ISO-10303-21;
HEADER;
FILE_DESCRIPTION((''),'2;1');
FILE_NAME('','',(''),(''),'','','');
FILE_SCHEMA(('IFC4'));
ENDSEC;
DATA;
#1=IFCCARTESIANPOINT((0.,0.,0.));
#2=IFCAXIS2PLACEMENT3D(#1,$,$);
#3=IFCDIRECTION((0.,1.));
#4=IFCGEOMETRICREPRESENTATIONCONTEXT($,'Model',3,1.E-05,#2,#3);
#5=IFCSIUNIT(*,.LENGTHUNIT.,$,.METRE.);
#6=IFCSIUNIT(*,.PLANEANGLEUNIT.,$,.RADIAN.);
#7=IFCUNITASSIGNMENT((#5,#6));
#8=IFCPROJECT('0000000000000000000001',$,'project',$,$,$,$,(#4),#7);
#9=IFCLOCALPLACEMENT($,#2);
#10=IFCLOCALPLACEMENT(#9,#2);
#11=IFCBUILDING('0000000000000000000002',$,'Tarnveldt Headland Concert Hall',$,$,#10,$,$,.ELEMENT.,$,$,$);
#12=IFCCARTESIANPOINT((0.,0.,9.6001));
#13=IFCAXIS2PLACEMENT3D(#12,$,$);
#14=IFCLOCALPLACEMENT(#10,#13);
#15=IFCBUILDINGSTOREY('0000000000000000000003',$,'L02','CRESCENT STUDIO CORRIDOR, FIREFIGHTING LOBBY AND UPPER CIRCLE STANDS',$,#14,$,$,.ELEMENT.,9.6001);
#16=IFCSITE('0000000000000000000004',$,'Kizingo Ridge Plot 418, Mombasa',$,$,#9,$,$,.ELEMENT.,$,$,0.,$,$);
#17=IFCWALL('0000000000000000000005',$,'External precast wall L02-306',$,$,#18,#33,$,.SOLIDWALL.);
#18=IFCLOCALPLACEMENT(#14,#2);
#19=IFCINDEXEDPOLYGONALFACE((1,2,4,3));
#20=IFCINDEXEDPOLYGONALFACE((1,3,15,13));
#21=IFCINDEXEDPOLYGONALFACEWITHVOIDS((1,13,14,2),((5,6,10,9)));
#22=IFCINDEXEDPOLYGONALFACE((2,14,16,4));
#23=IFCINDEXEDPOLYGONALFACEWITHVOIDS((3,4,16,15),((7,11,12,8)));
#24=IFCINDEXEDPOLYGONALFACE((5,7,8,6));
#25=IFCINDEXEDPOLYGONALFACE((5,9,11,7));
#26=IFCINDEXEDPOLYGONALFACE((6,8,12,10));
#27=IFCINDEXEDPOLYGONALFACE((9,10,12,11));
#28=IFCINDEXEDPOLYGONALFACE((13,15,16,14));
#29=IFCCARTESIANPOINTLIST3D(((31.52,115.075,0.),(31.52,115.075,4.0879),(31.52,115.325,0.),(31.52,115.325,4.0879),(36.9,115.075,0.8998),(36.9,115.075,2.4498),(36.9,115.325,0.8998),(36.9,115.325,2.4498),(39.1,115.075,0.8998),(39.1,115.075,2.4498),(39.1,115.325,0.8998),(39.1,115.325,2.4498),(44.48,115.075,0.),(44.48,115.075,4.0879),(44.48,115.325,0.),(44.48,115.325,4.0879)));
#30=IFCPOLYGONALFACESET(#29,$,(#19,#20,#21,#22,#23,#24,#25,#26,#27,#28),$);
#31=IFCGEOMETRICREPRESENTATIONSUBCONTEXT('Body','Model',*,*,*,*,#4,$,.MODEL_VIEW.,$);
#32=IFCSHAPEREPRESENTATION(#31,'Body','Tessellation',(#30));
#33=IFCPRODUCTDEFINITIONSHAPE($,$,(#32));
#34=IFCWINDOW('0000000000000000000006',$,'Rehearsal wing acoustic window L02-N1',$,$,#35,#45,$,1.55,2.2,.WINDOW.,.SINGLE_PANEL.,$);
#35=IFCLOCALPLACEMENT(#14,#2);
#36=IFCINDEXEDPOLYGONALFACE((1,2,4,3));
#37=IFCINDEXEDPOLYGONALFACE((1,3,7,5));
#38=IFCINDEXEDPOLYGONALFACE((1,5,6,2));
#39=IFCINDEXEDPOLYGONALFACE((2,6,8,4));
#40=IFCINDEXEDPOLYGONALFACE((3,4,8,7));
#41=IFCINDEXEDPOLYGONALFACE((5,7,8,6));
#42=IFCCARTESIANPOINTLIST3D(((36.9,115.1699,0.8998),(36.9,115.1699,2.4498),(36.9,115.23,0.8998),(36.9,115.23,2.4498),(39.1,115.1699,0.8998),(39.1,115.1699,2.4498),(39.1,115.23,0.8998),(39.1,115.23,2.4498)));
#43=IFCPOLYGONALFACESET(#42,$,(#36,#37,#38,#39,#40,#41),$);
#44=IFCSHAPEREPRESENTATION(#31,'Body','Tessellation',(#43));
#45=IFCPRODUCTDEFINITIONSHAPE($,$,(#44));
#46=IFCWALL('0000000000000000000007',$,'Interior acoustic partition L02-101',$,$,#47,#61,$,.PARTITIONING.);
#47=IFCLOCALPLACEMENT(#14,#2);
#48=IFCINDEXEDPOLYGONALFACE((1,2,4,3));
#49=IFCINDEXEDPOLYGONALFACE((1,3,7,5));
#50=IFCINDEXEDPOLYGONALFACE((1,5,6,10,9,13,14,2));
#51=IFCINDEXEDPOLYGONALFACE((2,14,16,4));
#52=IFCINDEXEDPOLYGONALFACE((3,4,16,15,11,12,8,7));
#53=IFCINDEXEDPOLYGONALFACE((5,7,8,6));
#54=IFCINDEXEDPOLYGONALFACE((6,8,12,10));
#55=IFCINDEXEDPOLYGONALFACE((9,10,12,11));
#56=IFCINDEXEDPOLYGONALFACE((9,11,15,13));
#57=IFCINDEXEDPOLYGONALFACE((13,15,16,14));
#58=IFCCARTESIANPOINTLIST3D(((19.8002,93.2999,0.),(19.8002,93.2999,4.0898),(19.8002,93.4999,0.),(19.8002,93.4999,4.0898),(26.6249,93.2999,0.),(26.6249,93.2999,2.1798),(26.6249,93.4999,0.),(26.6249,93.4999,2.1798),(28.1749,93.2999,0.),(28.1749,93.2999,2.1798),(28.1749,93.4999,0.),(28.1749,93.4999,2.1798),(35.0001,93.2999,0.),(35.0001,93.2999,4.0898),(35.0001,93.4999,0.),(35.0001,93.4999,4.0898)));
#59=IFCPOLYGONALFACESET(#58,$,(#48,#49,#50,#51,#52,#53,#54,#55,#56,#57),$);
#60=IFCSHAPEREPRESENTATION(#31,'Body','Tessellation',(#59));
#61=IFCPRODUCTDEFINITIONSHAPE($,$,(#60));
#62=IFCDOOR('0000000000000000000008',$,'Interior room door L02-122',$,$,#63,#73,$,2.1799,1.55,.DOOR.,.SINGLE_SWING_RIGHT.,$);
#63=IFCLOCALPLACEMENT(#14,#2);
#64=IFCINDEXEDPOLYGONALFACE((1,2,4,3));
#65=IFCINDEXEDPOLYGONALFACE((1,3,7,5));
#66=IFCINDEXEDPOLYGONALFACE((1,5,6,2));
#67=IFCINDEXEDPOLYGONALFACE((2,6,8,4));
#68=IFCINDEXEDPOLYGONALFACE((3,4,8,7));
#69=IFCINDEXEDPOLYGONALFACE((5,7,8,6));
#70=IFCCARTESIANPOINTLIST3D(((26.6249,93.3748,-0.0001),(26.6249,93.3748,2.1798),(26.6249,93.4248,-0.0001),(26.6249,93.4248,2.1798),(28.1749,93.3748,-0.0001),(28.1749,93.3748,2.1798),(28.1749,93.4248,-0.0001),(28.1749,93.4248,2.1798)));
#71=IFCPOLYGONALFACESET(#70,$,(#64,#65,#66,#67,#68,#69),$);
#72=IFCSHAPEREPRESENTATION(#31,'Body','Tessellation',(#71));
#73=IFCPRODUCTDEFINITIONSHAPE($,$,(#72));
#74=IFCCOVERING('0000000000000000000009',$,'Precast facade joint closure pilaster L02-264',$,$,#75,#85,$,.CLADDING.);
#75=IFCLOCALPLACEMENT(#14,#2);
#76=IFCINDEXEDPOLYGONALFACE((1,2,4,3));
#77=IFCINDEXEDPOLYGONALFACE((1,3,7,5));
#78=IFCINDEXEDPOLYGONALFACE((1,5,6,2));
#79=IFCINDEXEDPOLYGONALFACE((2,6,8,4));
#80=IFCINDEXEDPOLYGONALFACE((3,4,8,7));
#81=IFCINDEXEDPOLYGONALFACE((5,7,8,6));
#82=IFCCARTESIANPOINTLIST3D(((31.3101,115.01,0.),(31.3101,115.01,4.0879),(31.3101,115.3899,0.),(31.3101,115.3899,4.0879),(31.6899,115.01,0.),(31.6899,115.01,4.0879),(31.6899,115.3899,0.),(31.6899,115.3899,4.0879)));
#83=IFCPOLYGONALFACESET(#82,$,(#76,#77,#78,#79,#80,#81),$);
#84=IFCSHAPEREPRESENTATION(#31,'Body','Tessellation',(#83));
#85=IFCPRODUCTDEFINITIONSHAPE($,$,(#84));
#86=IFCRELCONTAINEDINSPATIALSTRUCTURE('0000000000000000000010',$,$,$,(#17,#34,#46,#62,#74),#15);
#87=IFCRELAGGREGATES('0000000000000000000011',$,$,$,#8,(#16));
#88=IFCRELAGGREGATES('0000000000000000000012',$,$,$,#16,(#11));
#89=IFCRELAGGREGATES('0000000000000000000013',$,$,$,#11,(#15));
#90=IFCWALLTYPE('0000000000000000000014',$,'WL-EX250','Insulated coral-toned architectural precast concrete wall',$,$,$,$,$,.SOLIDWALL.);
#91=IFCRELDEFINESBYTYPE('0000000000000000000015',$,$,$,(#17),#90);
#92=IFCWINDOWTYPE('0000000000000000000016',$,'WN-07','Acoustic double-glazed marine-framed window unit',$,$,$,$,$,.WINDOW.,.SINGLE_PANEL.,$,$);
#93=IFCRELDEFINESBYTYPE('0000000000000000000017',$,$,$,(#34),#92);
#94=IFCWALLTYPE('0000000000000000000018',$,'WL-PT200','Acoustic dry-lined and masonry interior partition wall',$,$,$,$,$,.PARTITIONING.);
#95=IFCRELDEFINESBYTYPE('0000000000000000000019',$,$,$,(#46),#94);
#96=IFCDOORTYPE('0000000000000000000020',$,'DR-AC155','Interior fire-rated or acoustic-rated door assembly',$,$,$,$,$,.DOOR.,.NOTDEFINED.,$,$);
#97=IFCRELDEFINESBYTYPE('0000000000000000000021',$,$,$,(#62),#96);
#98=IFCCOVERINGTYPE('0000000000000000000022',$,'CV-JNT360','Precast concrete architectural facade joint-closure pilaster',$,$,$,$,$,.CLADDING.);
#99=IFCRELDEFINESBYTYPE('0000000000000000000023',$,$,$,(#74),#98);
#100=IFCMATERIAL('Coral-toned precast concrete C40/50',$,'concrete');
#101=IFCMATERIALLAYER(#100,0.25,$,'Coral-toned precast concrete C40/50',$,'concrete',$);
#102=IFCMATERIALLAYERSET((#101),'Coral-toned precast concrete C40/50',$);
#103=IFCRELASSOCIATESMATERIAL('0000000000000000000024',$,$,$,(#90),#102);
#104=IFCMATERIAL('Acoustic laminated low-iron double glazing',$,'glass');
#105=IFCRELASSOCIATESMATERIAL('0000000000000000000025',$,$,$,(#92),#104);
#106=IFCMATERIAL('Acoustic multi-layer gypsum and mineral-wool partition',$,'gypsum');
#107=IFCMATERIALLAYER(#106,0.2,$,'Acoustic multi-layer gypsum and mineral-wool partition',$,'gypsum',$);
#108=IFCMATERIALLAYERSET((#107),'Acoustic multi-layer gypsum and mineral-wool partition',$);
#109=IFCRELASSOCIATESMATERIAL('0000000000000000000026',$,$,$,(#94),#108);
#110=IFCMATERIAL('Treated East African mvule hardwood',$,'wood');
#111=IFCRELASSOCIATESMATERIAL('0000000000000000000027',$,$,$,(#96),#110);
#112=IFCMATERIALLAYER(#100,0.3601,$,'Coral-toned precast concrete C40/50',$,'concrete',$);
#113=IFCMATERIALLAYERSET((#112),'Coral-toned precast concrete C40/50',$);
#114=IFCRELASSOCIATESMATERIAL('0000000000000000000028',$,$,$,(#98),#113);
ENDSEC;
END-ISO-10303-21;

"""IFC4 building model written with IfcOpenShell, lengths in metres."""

from ifc_helpers import new_model, si_unit, direction, frame, frame_2d, origin, origin_2d, place, context, subcontext, project, spatial, rectangle, extrude, material, layer, layer_set, type_object, element, fill, save


model = new_model("IFC4")

# Units and contexts
model_context = context("Model", 3, precision=1e-05, world=origin(), true_north=direction((0.0, 1.0)))
body_context = subcontext(model_context, "Body", "Model", "MODEL_VIEW")
ifc_project = project(units=[si_unit("LENGTHUNIT", "METRE"), si_unit("PLANEANGLEUNIT", "RADIAN")], contexts=[model_context])

# Site, building, storey
site_placement = place(None, origin())
site = spatial("IfcSite", under=ifc_project, at=site_placement, Name="Kizingo Ridge Plot 418, Mombasa", CompositionType="ELEMENT", RefElevation=0.0)
building_placement = place(site_placement, origin())
building = spatial("IfcBuilding", under=site, at=building_placement, Name="Tarnveldt Headland Concert Hall", CompositionType="ELEMENT")
storey_placement = place(building_placement, frame((0.0, 0.0, 9.6001)))
storey = spatial("IfcBuildingStorey", under=building, at=storey_placement, Name="L02", Description="CRESCENT STUDIO CORRIDOR, FIREFIGHTING LOBBY AND UPPER CIRCLE STANDS", CompositionType="ELEMENT", Elevation=9.6001)

# Wall, opening, window
ifc_material_1 = material(Name="Coral-toned precast concrete C40/50", Category="concrete")
ifc_layer_1 = layer(ifc_material_1, 0.25, Name="Coral-toned precast concrete C40/50", Category="concrete")
ifc_layer_set_1 = layer_set([ifc_layer_1], Name="Coral-toned precast concrete C40/50")
wall_type_1 = type_object("IfcWallType", Name="WL-EX250", Description="Insulated coral-toned architectural precast concrete wall", PredefinedType="SOLIDWALL", material=ifc_layer_set_1)
wall_1_placement = place(storey_placement, frame((31.52, 115.2, 0.0), z_axis=(0.0, 0.0, 1.0), x_axis=(1.0, 0.0, 0.0)))
wall_1 = element("IfcWall", 1, at=wall_1_placement, inside=storey, type_object=wall_type_1, Name="External precast wall L02-306", PredefinedType="SOLIDWALL", context=body_context, shape_type="SweptSolid", body=[
    extrude(rectangle(XDim=12.96, YDim=0.25, at=frame_2d((6.48, 0.0))), origin(), (0.0, 0.0, 1.0), 4.0879),
])
opening_1_placement = place(wall_1_placement, frame((5.3799, 0.0, 0.8999)))
opening_1 = element("IfcOpeningElement", 2, at=opening_1_placement, cuts=wall_1, PredefinedType="OPENING", context=body_context, shape_type="SweptSolid", body=[
    extrude(rectangle(XDim=2.2, YDim=1.55, at=frame_2d((1.1001, 0.7749))), frame((0.0, 0.135, 0.0), z_axis=(0.0, -1.0, 0.0), x_axis=(1.0, 0.0, 0.0)), (0.0, 0.0, 1.0), 0.27),
])
ifc_material_2 = material(Name="Acoustic laminated low-iron double glazing", Category="glass")
window_type = type_object("IfcWindowType", Name="WN-07", Description="Acoustic double-glazed marine-framed window unit", PartitioningType="SINGLE_PANEL", PredefinedType="WINDOW", material=ifc_material_2)
window_placement = place(opening_1_placement, origin())
window = element("IfcWindow", 3, at=window_placement, inside=storey, type_object=window_type, Name="Rehearsal wing acoustic window L02-N1", OverallHeight=1.55, OverallWidth=2.2, PartitioningType="SINGLE_PANEL", PredefinedType="WINDOW", context=body_context, shape_type="SweptSolid", body=[
    extrude(rectangle(XDim=2.2, YDim=1.55, at=frame_2d((1.1001, 0.7749))), frame((0.0, 0.03, 0.0), z_axis=(0.0, -1.0, 0.0), x_axis=(1.0, 0.0, 0.0)), (0.0, 0.0, 1.0), 0.0601),
])
fill(opening_1, window)

# Wall, opening, door
ifc_material_3 = material(Name="Acoustic multi-layer gypsum and mineral-wool partition", Category="gypsum")
ifc_layer_2 = layer(ifc_material_3, 0.2, Name="Acoustic multi-layer gypsum and mineral-wool partition", Category="gypsum")
ifc_layer_set_2 = layer_set([ifc_layer_2], Name="Acoustic multi-layer gypsum and mineral-wool partition")
wall_type_2 = type_object("IfcWallType", Name="WL-PT200", Description="Acoustic dry-lined and masonry interior partition wall", PredefinedType="PARTITIONING", material=ifc_layer_set_2)
wall_2_placement = place(storey_placement, frame((19.8, 93.3999, 0.0), z_axis=(0.0, 0.0, 1.0), x_axis=(1.0, 0.0, 0.0)))
wall_2 = element("IfcWall", 4, at=wall_2_placement, inside=storey, type_object=wall_type_2, Name="Interior acoustic partition L02-101", PredefinedType="PARTITIONING", context=body_context, shape_type="SweptSolid", body=[
    extrude(rectangle(XDim=15.2, YDim=0.2, at=frame_2d((7.6001, 0.0))), origin(), (0.0, 0.0, 1.0), 4.0898),
])
opening_2_placement = place(wall_2_placement, frame((6.825, 0.0, 0.0)))
opening_2 = element("IfcOpeningElement", 5, at=opening_2_placement, cuts=wall_2, PredefinedType="OPENING", context=body_context, shape_type="SweptSolid", body=[
    extrude(rectangle(XDim=1.55, YDim=2.1799, at=frame_2d((0.7749, 1.0898))), frame((0.0, 0.1099, 0.0), z_axis=(0.0, -1.0, 0.0), x_axis=(1.0, 0.0, 0.0)), (0.0, 0.0, 1.0), 0.22),
])
ifc_material_4 = material(Name="Treated East African mvule hardwood", Category="wood")
door_type = type_object("IfcDoorType", Name="DR-AC155", Description="Interior fire-rated or acoustic-rated door assembly", OperationType="NOTDEFINED", PredefinedType="DOOR", material=ifc_material_4)
door_placement = place(opening_2_placement, origin())
door = element("IfcDoor", 6, at=door_placement, inside=storey, type_object=door_type, Name="Interior room door L02-122", OperationType="SINGLE_SWING_RIGHT", OverallHeight=2.1799, OverallWidth=1.55, PredefinedType="DOOR", context=body_context, shape_type="SweptSolid", body=[
    extrude(rectangle(XDim=1.55, YDim=2.1799, at=frame_2d((0.7749, 1.0898))), frame((0.0, 0.0249, 0.0), z_axis=(0.0, -1.0, 0.0), x_axis=(1.0, 0.0, 0.0)), (0.0, 0.0, 1.0), 0.05),
])
fill(opening_2, door)

# Covering
ifc_layer_3 = layer(ifc_material_1, 0.3601, Name="Coral-toned precast concrete C40/50", Category="concrete")
ifc_layer_set_3 = layer_set([ifc_layer_3], Name="Coral-toned precast concrete C40/50")
covering_type = type_object("IfcCoveringType", Name="CV-JNT360", Description="Precast concrete architectural facade joint-closure pilaster", PredefinedType="CLADDING", material=ifc_layer_set_3)
covering_placement = place(storey_placement, frame((31.5, 115.2, 0.0), z_axis=(0.0, 0.0, 1.0), x_axis=(1.0, 0.0, 0.0)))
element("IfcCovering", 7, at=covering_placement, inside=storey, type_object=covering_type, Name="Precast facade joint closure pilaster L02-264", PredefinedType="CLADDING", context=body_context, shape_type="SweptSolid", body=[
    extrude(rectangle(XDim=0.3799, YDim=0.3799, at=origin_2d()), origin(), (0.0, 0.0, 1.0), 4.0879),
])

save(model, "model.ifc")
